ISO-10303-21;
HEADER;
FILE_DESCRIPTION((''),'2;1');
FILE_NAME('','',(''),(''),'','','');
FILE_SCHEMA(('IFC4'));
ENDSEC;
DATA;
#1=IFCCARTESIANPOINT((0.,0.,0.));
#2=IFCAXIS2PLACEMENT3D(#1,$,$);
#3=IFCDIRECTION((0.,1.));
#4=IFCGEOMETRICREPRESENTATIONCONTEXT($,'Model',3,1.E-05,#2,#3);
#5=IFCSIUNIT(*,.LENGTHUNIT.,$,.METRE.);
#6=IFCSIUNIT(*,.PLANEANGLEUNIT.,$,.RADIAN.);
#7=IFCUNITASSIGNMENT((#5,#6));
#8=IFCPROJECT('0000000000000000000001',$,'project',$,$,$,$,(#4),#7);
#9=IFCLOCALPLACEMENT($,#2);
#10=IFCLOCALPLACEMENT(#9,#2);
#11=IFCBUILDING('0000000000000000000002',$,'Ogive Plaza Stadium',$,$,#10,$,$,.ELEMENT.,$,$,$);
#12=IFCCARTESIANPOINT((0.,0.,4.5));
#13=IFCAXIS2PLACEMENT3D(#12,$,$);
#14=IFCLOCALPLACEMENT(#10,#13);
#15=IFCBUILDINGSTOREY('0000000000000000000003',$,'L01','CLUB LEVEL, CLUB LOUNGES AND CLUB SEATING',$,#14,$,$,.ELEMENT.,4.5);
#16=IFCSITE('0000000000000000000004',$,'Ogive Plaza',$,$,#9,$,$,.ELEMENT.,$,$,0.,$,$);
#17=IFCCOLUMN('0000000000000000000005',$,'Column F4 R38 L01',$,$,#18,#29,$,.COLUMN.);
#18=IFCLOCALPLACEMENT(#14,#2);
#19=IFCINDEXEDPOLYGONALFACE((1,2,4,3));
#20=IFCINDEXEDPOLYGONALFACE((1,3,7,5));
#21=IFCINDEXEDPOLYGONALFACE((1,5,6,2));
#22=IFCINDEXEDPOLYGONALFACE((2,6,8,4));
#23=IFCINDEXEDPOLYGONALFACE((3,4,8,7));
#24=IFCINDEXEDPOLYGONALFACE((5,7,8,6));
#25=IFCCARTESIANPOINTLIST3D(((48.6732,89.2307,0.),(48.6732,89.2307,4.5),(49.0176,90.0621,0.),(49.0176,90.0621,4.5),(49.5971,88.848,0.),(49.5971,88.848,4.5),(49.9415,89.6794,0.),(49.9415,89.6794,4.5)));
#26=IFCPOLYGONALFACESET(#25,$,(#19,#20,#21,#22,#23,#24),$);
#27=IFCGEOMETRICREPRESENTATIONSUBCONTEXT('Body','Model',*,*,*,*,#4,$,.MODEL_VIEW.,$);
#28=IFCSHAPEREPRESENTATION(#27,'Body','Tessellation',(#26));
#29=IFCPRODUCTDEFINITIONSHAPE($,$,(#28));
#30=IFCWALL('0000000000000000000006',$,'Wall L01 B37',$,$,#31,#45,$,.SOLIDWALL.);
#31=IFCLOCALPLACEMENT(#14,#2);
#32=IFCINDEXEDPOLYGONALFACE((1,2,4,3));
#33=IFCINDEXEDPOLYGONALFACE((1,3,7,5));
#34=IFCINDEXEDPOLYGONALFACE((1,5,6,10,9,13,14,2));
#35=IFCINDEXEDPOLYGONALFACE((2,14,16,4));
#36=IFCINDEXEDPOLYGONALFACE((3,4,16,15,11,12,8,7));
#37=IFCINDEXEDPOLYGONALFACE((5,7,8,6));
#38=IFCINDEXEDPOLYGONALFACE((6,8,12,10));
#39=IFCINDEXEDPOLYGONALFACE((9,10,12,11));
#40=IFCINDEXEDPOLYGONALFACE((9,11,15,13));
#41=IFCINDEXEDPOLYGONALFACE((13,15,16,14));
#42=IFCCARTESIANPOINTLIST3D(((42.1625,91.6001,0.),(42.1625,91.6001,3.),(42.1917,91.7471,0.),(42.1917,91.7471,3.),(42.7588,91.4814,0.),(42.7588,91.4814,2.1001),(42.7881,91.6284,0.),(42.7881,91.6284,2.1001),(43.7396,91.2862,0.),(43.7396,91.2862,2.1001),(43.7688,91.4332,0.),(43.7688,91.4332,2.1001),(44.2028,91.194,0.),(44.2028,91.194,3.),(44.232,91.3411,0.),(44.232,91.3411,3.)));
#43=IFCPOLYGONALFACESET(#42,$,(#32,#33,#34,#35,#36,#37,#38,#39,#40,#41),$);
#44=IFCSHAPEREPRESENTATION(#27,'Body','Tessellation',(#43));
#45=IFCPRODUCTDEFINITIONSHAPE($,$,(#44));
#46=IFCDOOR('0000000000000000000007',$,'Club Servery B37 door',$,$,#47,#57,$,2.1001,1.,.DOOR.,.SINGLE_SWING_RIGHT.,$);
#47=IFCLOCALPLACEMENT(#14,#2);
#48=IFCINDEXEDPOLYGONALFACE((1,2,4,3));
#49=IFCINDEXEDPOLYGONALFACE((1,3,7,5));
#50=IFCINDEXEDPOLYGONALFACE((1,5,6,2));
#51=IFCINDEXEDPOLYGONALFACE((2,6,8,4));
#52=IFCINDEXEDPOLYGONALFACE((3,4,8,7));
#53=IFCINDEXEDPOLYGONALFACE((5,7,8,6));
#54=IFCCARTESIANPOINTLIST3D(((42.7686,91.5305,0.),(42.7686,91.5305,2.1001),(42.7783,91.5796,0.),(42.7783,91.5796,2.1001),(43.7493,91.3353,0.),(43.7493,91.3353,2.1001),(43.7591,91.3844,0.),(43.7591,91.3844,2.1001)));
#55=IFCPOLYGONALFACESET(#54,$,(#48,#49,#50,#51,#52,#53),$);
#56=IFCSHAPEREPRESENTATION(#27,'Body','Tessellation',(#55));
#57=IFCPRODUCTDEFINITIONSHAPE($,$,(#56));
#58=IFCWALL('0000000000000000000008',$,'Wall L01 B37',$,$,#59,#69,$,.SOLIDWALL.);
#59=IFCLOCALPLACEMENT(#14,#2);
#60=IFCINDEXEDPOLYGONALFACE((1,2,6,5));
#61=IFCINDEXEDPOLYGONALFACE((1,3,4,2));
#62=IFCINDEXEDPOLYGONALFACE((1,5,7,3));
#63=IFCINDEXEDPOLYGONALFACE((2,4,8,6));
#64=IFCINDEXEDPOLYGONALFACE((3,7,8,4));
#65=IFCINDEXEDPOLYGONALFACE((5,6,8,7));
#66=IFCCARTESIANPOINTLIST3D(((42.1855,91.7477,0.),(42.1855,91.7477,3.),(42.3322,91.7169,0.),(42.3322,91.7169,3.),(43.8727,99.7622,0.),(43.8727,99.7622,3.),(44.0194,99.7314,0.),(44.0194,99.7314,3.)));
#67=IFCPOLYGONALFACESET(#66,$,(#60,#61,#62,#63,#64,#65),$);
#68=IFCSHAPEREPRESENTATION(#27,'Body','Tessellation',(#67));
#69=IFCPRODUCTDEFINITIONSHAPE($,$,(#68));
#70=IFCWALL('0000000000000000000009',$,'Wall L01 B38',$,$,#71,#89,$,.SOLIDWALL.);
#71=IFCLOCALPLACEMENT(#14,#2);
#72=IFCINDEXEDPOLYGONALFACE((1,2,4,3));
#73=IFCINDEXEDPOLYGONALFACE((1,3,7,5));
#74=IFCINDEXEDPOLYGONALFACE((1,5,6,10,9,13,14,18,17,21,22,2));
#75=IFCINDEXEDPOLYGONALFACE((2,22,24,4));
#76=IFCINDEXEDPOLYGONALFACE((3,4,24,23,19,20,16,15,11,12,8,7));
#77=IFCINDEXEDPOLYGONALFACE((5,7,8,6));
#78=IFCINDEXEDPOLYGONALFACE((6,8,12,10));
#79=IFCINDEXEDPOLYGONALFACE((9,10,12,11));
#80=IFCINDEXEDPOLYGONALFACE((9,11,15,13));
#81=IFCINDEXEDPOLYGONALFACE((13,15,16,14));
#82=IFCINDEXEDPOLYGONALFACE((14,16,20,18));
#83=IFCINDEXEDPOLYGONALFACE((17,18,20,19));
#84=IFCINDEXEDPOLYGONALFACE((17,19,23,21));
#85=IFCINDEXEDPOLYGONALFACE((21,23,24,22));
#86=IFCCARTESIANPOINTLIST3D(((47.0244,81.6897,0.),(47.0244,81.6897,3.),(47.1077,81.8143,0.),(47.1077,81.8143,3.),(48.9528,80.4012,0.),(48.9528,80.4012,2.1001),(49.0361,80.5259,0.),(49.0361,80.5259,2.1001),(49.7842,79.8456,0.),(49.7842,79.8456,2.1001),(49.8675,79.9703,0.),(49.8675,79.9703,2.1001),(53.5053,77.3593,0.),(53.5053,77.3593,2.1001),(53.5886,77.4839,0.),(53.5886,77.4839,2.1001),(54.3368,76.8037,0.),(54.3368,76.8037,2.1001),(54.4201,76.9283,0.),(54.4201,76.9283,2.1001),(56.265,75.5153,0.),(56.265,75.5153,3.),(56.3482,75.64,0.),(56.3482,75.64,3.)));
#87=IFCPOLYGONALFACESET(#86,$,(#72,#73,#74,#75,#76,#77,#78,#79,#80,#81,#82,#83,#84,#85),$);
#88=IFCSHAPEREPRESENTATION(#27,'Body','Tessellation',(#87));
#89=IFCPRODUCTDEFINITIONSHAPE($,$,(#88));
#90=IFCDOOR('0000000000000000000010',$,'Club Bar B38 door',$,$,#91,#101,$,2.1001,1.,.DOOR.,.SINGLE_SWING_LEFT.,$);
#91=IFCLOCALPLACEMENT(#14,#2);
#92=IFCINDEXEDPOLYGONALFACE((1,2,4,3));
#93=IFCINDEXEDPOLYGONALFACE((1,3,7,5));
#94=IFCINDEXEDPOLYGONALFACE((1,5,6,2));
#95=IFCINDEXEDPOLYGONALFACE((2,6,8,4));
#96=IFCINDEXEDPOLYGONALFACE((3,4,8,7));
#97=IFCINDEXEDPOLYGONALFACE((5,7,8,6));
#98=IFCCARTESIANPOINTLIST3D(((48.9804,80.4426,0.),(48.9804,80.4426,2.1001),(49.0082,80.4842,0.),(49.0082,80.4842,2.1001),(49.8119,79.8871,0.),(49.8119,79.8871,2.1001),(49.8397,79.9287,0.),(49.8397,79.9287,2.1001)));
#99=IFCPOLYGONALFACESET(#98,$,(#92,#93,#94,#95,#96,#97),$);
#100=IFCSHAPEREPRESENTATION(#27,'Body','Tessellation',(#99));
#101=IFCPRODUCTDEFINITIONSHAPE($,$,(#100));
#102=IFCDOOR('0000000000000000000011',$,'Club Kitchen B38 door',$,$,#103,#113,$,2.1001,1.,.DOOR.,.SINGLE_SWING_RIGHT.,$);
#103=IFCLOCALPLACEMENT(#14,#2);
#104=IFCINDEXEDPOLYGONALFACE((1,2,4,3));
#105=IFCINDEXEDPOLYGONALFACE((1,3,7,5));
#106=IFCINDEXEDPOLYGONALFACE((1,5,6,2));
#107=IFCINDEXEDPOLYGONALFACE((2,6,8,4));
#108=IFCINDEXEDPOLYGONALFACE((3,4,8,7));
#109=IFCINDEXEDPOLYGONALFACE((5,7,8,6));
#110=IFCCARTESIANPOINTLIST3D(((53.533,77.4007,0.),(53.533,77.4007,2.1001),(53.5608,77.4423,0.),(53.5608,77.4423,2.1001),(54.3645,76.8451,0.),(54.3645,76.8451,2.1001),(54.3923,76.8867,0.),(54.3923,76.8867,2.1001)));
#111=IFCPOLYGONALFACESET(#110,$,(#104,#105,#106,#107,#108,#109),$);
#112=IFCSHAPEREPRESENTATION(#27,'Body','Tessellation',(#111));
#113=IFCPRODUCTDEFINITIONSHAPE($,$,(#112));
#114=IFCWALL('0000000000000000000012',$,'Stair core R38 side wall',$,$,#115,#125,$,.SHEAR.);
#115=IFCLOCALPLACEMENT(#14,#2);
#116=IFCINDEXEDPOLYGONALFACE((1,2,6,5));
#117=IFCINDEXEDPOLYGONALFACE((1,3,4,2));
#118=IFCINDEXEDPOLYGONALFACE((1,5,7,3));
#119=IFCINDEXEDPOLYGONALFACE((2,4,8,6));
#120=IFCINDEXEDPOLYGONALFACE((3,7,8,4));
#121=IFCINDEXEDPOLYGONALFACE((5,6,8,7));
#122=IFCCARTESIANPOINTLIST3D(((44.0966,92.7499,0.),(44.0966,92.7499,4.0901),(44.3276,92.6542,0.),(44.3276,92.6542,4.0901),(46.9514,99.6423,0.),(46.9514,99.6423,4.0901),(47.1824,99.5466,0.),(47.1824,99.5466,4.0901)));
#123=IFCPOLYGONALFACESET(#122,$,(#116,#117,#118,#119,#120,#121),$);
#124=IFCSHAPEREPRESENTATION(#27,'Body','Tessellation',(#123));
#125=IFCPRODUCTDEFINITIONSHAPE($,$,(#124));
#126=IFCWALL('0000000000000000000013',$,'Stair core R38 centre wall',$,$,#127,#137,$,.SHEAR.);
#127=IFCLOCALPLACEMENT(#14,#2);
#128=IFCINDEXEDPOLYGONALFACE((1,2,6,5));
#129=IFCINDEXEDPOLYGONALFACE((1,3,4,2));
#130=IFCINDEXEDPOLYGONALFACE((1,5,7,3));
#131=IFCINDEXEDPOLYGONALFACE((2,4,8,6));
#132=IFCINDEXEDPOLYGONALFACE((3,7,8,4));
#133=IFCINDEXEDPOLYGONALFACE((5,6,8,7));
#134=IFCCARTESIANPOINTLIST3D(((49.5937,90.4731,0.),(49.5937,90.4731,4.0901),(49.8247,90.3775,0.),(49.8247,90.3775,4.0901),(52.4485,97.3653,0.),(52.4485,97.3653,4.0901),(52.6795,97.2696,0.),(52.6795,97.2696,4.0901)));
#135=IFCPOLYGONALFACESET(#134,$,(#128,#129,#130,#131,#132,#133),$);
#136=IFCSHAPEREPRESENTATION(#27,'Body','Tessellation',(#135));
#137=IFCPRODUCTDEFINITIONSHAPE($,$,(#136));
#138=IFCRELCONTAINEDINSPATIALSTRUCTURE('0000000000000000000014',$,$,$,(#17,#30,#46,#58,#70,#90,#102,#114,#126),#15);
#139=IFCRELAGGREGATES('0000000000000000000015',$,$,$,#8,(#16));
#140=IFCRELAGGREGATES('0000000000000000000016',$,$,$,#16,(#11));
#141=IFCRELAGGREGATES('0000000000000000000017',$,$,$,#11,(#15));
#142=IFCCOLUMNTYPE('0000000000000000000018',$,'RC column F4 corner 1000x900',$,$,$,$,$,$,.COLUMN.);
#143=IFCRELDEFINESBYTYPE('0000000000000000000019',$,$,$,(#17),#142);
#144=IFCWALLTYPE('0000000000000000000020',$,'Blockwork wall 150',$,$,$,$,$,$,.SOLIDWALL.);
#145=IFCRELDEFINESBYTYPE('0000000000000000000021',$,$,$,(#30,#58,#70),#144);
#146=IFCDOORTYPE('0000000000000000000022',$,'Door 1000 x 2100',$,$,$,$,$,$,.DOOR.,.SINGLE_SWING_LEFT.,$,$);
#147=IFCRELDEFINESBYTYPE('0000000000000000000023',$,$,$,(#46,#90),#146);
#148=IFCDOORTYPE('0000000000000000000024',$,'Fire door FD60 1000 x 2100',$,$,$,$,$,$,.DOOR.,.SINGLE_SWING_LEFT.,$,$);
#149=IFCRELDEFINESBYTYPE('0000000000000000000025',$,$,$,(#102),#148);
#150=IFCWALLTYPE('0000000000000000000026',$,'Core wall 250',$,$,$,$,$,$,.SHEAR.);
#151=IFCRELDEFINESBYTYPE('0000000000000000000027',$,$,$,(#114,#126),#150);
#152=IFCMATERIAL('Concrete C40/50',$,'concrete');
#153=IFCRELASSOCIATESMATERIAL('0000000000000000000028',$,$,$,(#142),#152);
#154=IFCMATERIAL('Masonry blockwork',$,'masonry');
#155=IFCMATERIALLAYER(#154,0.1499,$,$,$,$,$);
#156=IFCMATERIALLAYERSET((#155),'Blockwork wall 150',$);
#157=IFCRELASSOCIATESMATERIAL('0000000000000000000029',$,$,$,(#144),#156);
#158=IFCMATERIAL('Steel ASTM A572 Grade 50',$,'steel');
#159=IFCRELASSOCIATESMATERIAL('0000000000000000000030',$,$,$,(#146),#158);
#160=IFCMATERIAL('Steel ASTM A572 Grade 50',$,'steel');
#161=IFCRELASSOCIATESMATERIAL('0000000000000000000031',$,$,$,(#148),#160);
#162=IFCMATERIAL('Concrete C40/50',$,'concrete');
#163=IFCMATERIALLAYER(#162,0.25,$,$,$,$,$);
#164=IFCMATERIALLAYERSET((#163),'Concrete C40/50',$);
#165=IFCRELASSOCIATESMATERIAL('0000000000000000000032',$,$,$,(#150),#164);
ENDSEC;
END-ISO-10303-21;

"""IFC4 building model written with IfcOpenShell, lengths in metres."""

from ifc_helpers import new_model, si_unit, direction, frame, frame_2d, origin, origin_2d, place, context, subcontext, project, spatial, rectangle, extrude, material, layer, layer_set, material_profile, profile_set, type_object, element, fill, save


model = new_model("IFC4")

# Units and contexts
model_context = context("Model", 3, precision=1e-05, world=origin(), true_north=direction((0.0, 1.0)))
body_context = subcontext(model_context, "Body", "Model", "MODEL_VIEW")
ifc_project = project(units=[si_unit("LENGTHUNIT", "METRE"), si_unit("PLANEANGLEUNIT", "RADIAN")], contexts=[model_context])

# Site, building, storey
site_placement = place(None, origin())
site = spatial("IfcSite", under=ifc_project, at=site_placement, Name="Ogive Plaza", CompositionType="ELEMENT", RefElevation=0.0)
building_placement = place(site_placement, origin())
building = spatial("IfcBuilding", under=site, at=building_placement, Name="Ogive Plaza Stadium", CompositionType="ELEMENT")
storey_placement = place(building_placement, frame((0.0, 0.0, 4.5)))
storey = spatial("IfcBuildingStorey", under=building, at=storey_placement, Name="L01", Description="CLUB LEVEL, CLUB LOUNGES AND CLUB SEATING", CompositionType="ELEMENT", Elevation=4.5)

# Column
ifc_material_1 = material(Name="Concrete C40/50", Category="concrete")
ifc_material_profile = material_profile(ifc_material_1, rectangle(XDim=1.0, YDim=0.8999, at=origin_2d()), Name="RC 1000x900")
ifc_profile_set = profile_set([ifc_material_profile], Name="Concrete C40/50")
column_type = type_object("IfcColumnType", Name="RC column F4 corner 1000x900", PredefinedType="COLUMN", material=ifc_profile_set)
column_placement = place(storey_placement, frame((49.3074, 89.4551, 0.0), z_axis=(0.0, 0.0, 1.0), x_axis=(-0.92388, 0.382683, 0.0)))
element("IfcColumn", 1, at=column_placement, inside=storey, type_object=column_type, Name="Column F4 R38 L01", PredefinedType="COLUMN", context=body_context, shape_type="SweptSolid", body=[
    extrude(rectangle(XDim=1.0, YDim=0.8999, at=origin_2d()), origin(), (0.0, 0.0, 1.0), 4.5),
])

# Wall, opening, door
ifc_material_2 = material(Name="Masonry blockwork", Category="masonry")
ifc_layer_1 = layer(ifc_material_2, 0.1499)
ifc_layer_set_1 = layer_set([ifc_layer_1], Name="Blockwork wall 150")
wall_type_1 = type_object("IfcWallType", Name="Blockwork wall 150", PredefinedType="SOLIDWALL", material=ifc_layer_set_1)
wall_1_placement = place(storey_placement, frame((44.2173, 91.2676, 0.0), z_axis=(0.0, 0.0, 1.0), x_axis=(-0.98077, 0.195168, 0.0)))
wall_1 = element("IfcWall", 2, at=wall_1_placement, inside=storey, type_object=wall_type_1, Name="Wall L01 B37", PredefinedType="SOLIDWALL", context=body_context, shape_type="SweptSolid", body=[
    extrude(rectangle(XDim=2.0803, YDim=0.1499, at=frame_2d((1.04, 0.0))), origin(), (0.0, 0.0, 1.0), 3.0),
])
opening_1_placement = place(wall_1_placement, frame((0.4722, 0.0, 0.0)))
opening_1 = element("IfcOpeningElement", 3, at=opening_1_placement, cuts=wall_1, PredefinedType="OPENING", context=body_context, shape_type="SweptSolid", body=[
    extrude(rectangle(XDim=1.0, YDim=2.1001, at=frame_2d((0.5, 1.05))), frame((0.0, 0.075, 0.0), z_axis=(0.0, -1.0, 0.0), x_axis=(1.0, 0.0, 0.0)), (0.0, 0.0, 1.0), 0.1499),
])
ifc_material_3 = material(Name="Steel ASTM A572 Grade 50", Category="steel")
door_type_1 = type_object("IfcDoorType", Name="Door 1000 x 2100", OperationType="SINGLE_SWING_LEFT", PredefinedType="DOOR", material=ifc_material_3)
door_1_placement = place(opening_1_placement, origin())
door_1 = element("IfcDoor", 4, at=door_1_placement, inside=storey, type_object=door_type_1, Name="Club Servery B37 door", OperationType="SINGLE_SWING_RIGHT", OverallHeight=2.1001, OverallWidth=1.0, PredefinedType="DOOR", context=body_context, shape_type="SweptSolid", body=[
    extrude(rectangle(XDim=1.0, YDim=2.1001, at=frame_2d((0.5, 1.05))), frame((0.0, 0.0249, 0.0), z_axis=(0.0, -1.0, 0.0), x_axis=(1.0, 0.0, 0.0)), (0.0, 0.0, 1.0), 0.05),
])
fill(opening_1, door_1)

# Wall
wall_2_placement = place(storey_placement, frame((42.2588, 91.7322, 0.0), z_axis=(0.0, 0.0, 1.0), x_axis=(0.206012, 0.978549, 0.0)))
element("IfcWall", 5, at=wall_2_placement, inside=storey, type_object=wall_type_1, Name="Wall L01 B37", PredefinedType="SOLIDWALL", context=body_context, shape_type="SweptSolid", body=[
    extrude(rectangle(XDim=8.1902, YDim=0.1499, at=frame_2d((4.0952, 0.0))), origin(), (0.0, 0.0, 1.0), 3.0),
])

# Wall, openings, doors
wall_3_placement = place(storey_placement, frame((47.0662, 81.752, 0.0), z_axis=(0.0, 0.0, 1.0), x_axis=(0.831469, -0.555572, 0.0)))
wall_3 = element("IfcWall", 6, at=wall_3_placement, inside=storey, type_object=wall_type_1, Name="Wall L01 B38", PredefinedType="SOLIDWALL", context=body_context, shape_type="SweptSolid", body=[
    extrude(rectangle(XDim=11.1135, YDim=0.1499, at=frame_2d((5.5566, 0.0))), origin(), (0.0, 0.0, 1.0), 3.0),
])
opening_2_placement = place(wall_3_placement, frame((2.3191, 0.0, 0.0)))
opening_2 = element("IfcOpeningElement", 7, at=opening_2_placement, cuts=wall_3, PredefinedType="OPENING", context=body_context, shape_type="SweptSolid", body=[
    extrude(rectangle(XDim=1.0, YDim=2.1001, at=frame_2d((0.5, 1.05))), frame((0.0, 0.075, 0.0), z_axis=(0.0, -1.0, 0.0), x_axis=(1.0, 0.0, 0.0)), (0.0, 0.0, 1.0), 0.1499),
])
opening_3_placement = place(wall_3_placement, frame((7.7944, 0.0, 0.0)))
opening_3 = element("IfcOpeningElement", 8, at=opening_3_placement, cuts=wall_3, PredefinedType="OPENING", context=body_context, shape_type="SweptSolid", body=[
    extrude(rectangle(XDim=1.0, YDim=2.1001, at=frame_2d((0.5, 1.05))), frame((0.0, 0.075, 0.0), z_axis=(0.0, -1.0, 0.0), x_axis=(1.0, 0.0, 0.0)), (0.0, 0.0, 1.0), 0.1499),
])
door_2_placement = place(opening_2_placement, origin())
door_2 = element("IfcDoor", 9, at=door_2_placement, inside=storey, type_object=door_type_1, Name="Club Bar B38 door", OperationType="SINGLE_SWING_LEFT", OverallHeight=2.1001, OverallWidth=1.0, PredefinedType="DOOR", context=body_context, shape_type="SweptSolid", body=[
    extrude(rectangle(XDim=1.0, YDim=2.1001, at=frame_2d((0.5, 1.05))), frame((0.0, 0.0249, 0.0), z_axis=(0.0, -1.0, 0.0), x_axis=(1.0, 0.0, 0.0)), (0.0, 0.0, 1.0), 0.05),
])
fill(opening_2, door_2)
ifc_material_4 = material(Name="Steel ASTM A572 Grade 50", Category="steel")
door_type_2 = type_object("IfcDoorType", Name="Fire door FD60 1000 x 2100", OperationType="SINGLE_SWING_LEFT", PredefinedType="DOOR", material=ifc_material_4)
door_3_placement = place(opening_3_placement, origin())
door_3 = element("IfcDoor", 10, at=door_3_placement, inside=storey, type_object=door_type_2, Name="Club Kitchen B38 door", OperationType="SINGLE_SWING_RIGHT", OverallHeight=2.1001, OverallWidth=1.0, PredefinedType="DOOR", context=body_context, shape_type="SweptSolid", body=[
    extrude(rectangle(XDim=1.0, YDim=2.1001, at=frame_2d((0.5, 1.05))), frame((0.0, 0.0249, 0.0), z_axis=(0.0, -1.0, 0.0), x_axis=(1.0, 0.0, 0.0)), (0.0, 0.0, 1.0), 0.05),
])
fill(opening_3, door_3)

# Walls
ifc_material_5 = material(Name="Concrete C40/50", Category="concrete")
ifc_layer_2 = layer(ifc_material_5, 0.25)
ifc_layer_set_2 = layer_set([ifc_layer_2], Name="Concrete C40/50")
wall_type_2 = type_object("IfcWallType", Name="Core wall 250", PredefinedType="SHEAR", material=ifc_layer_set_2)
wall_4_placement = place(storey_placement, frame((44.2122, 92.7021, 0.0), z_axis=(0.0, 0.0, 1.0), x_axis=(0.382665, 0.923887, 0.0)))
element("IfcWall", 11, at=wall_4_placement, inside=storey, type_object=wall_type_2, Name="Stair core R38 side wall", PredefinedType="SHEAR", context=body_context, shape_type="SweptSolid", body=[
    extrude(rectangle(XDim=7.4602, YDim=0.25, at=frame_2d((3.73, 0.0))), origin(), (0.0, 0.0, 1.0), 4.0901),
])
wall_5_placement = place(storey_placement, frame((49.7092, 90.4253, 0.0), z_axis=(0.0, 0.0, 1.0), x_axis=(0.382676, 0.923882, 0.0)))
element("IfcWall", 12, at=wall_5_placement, inside=storey, type_object=wall_type_2, Name="Stair core R38 centre wall", PredefinedType="SHEAR", context=body_context, shape_type="SweptSolid", body=[
    extrude(rectangle(XDim=7.46, YDim=0.25, at=frame_2d((3.73, 0.0))), origin(), (0.0, 0.0, 1.0), 4.0901),
])

save(model, "model.ifc")
